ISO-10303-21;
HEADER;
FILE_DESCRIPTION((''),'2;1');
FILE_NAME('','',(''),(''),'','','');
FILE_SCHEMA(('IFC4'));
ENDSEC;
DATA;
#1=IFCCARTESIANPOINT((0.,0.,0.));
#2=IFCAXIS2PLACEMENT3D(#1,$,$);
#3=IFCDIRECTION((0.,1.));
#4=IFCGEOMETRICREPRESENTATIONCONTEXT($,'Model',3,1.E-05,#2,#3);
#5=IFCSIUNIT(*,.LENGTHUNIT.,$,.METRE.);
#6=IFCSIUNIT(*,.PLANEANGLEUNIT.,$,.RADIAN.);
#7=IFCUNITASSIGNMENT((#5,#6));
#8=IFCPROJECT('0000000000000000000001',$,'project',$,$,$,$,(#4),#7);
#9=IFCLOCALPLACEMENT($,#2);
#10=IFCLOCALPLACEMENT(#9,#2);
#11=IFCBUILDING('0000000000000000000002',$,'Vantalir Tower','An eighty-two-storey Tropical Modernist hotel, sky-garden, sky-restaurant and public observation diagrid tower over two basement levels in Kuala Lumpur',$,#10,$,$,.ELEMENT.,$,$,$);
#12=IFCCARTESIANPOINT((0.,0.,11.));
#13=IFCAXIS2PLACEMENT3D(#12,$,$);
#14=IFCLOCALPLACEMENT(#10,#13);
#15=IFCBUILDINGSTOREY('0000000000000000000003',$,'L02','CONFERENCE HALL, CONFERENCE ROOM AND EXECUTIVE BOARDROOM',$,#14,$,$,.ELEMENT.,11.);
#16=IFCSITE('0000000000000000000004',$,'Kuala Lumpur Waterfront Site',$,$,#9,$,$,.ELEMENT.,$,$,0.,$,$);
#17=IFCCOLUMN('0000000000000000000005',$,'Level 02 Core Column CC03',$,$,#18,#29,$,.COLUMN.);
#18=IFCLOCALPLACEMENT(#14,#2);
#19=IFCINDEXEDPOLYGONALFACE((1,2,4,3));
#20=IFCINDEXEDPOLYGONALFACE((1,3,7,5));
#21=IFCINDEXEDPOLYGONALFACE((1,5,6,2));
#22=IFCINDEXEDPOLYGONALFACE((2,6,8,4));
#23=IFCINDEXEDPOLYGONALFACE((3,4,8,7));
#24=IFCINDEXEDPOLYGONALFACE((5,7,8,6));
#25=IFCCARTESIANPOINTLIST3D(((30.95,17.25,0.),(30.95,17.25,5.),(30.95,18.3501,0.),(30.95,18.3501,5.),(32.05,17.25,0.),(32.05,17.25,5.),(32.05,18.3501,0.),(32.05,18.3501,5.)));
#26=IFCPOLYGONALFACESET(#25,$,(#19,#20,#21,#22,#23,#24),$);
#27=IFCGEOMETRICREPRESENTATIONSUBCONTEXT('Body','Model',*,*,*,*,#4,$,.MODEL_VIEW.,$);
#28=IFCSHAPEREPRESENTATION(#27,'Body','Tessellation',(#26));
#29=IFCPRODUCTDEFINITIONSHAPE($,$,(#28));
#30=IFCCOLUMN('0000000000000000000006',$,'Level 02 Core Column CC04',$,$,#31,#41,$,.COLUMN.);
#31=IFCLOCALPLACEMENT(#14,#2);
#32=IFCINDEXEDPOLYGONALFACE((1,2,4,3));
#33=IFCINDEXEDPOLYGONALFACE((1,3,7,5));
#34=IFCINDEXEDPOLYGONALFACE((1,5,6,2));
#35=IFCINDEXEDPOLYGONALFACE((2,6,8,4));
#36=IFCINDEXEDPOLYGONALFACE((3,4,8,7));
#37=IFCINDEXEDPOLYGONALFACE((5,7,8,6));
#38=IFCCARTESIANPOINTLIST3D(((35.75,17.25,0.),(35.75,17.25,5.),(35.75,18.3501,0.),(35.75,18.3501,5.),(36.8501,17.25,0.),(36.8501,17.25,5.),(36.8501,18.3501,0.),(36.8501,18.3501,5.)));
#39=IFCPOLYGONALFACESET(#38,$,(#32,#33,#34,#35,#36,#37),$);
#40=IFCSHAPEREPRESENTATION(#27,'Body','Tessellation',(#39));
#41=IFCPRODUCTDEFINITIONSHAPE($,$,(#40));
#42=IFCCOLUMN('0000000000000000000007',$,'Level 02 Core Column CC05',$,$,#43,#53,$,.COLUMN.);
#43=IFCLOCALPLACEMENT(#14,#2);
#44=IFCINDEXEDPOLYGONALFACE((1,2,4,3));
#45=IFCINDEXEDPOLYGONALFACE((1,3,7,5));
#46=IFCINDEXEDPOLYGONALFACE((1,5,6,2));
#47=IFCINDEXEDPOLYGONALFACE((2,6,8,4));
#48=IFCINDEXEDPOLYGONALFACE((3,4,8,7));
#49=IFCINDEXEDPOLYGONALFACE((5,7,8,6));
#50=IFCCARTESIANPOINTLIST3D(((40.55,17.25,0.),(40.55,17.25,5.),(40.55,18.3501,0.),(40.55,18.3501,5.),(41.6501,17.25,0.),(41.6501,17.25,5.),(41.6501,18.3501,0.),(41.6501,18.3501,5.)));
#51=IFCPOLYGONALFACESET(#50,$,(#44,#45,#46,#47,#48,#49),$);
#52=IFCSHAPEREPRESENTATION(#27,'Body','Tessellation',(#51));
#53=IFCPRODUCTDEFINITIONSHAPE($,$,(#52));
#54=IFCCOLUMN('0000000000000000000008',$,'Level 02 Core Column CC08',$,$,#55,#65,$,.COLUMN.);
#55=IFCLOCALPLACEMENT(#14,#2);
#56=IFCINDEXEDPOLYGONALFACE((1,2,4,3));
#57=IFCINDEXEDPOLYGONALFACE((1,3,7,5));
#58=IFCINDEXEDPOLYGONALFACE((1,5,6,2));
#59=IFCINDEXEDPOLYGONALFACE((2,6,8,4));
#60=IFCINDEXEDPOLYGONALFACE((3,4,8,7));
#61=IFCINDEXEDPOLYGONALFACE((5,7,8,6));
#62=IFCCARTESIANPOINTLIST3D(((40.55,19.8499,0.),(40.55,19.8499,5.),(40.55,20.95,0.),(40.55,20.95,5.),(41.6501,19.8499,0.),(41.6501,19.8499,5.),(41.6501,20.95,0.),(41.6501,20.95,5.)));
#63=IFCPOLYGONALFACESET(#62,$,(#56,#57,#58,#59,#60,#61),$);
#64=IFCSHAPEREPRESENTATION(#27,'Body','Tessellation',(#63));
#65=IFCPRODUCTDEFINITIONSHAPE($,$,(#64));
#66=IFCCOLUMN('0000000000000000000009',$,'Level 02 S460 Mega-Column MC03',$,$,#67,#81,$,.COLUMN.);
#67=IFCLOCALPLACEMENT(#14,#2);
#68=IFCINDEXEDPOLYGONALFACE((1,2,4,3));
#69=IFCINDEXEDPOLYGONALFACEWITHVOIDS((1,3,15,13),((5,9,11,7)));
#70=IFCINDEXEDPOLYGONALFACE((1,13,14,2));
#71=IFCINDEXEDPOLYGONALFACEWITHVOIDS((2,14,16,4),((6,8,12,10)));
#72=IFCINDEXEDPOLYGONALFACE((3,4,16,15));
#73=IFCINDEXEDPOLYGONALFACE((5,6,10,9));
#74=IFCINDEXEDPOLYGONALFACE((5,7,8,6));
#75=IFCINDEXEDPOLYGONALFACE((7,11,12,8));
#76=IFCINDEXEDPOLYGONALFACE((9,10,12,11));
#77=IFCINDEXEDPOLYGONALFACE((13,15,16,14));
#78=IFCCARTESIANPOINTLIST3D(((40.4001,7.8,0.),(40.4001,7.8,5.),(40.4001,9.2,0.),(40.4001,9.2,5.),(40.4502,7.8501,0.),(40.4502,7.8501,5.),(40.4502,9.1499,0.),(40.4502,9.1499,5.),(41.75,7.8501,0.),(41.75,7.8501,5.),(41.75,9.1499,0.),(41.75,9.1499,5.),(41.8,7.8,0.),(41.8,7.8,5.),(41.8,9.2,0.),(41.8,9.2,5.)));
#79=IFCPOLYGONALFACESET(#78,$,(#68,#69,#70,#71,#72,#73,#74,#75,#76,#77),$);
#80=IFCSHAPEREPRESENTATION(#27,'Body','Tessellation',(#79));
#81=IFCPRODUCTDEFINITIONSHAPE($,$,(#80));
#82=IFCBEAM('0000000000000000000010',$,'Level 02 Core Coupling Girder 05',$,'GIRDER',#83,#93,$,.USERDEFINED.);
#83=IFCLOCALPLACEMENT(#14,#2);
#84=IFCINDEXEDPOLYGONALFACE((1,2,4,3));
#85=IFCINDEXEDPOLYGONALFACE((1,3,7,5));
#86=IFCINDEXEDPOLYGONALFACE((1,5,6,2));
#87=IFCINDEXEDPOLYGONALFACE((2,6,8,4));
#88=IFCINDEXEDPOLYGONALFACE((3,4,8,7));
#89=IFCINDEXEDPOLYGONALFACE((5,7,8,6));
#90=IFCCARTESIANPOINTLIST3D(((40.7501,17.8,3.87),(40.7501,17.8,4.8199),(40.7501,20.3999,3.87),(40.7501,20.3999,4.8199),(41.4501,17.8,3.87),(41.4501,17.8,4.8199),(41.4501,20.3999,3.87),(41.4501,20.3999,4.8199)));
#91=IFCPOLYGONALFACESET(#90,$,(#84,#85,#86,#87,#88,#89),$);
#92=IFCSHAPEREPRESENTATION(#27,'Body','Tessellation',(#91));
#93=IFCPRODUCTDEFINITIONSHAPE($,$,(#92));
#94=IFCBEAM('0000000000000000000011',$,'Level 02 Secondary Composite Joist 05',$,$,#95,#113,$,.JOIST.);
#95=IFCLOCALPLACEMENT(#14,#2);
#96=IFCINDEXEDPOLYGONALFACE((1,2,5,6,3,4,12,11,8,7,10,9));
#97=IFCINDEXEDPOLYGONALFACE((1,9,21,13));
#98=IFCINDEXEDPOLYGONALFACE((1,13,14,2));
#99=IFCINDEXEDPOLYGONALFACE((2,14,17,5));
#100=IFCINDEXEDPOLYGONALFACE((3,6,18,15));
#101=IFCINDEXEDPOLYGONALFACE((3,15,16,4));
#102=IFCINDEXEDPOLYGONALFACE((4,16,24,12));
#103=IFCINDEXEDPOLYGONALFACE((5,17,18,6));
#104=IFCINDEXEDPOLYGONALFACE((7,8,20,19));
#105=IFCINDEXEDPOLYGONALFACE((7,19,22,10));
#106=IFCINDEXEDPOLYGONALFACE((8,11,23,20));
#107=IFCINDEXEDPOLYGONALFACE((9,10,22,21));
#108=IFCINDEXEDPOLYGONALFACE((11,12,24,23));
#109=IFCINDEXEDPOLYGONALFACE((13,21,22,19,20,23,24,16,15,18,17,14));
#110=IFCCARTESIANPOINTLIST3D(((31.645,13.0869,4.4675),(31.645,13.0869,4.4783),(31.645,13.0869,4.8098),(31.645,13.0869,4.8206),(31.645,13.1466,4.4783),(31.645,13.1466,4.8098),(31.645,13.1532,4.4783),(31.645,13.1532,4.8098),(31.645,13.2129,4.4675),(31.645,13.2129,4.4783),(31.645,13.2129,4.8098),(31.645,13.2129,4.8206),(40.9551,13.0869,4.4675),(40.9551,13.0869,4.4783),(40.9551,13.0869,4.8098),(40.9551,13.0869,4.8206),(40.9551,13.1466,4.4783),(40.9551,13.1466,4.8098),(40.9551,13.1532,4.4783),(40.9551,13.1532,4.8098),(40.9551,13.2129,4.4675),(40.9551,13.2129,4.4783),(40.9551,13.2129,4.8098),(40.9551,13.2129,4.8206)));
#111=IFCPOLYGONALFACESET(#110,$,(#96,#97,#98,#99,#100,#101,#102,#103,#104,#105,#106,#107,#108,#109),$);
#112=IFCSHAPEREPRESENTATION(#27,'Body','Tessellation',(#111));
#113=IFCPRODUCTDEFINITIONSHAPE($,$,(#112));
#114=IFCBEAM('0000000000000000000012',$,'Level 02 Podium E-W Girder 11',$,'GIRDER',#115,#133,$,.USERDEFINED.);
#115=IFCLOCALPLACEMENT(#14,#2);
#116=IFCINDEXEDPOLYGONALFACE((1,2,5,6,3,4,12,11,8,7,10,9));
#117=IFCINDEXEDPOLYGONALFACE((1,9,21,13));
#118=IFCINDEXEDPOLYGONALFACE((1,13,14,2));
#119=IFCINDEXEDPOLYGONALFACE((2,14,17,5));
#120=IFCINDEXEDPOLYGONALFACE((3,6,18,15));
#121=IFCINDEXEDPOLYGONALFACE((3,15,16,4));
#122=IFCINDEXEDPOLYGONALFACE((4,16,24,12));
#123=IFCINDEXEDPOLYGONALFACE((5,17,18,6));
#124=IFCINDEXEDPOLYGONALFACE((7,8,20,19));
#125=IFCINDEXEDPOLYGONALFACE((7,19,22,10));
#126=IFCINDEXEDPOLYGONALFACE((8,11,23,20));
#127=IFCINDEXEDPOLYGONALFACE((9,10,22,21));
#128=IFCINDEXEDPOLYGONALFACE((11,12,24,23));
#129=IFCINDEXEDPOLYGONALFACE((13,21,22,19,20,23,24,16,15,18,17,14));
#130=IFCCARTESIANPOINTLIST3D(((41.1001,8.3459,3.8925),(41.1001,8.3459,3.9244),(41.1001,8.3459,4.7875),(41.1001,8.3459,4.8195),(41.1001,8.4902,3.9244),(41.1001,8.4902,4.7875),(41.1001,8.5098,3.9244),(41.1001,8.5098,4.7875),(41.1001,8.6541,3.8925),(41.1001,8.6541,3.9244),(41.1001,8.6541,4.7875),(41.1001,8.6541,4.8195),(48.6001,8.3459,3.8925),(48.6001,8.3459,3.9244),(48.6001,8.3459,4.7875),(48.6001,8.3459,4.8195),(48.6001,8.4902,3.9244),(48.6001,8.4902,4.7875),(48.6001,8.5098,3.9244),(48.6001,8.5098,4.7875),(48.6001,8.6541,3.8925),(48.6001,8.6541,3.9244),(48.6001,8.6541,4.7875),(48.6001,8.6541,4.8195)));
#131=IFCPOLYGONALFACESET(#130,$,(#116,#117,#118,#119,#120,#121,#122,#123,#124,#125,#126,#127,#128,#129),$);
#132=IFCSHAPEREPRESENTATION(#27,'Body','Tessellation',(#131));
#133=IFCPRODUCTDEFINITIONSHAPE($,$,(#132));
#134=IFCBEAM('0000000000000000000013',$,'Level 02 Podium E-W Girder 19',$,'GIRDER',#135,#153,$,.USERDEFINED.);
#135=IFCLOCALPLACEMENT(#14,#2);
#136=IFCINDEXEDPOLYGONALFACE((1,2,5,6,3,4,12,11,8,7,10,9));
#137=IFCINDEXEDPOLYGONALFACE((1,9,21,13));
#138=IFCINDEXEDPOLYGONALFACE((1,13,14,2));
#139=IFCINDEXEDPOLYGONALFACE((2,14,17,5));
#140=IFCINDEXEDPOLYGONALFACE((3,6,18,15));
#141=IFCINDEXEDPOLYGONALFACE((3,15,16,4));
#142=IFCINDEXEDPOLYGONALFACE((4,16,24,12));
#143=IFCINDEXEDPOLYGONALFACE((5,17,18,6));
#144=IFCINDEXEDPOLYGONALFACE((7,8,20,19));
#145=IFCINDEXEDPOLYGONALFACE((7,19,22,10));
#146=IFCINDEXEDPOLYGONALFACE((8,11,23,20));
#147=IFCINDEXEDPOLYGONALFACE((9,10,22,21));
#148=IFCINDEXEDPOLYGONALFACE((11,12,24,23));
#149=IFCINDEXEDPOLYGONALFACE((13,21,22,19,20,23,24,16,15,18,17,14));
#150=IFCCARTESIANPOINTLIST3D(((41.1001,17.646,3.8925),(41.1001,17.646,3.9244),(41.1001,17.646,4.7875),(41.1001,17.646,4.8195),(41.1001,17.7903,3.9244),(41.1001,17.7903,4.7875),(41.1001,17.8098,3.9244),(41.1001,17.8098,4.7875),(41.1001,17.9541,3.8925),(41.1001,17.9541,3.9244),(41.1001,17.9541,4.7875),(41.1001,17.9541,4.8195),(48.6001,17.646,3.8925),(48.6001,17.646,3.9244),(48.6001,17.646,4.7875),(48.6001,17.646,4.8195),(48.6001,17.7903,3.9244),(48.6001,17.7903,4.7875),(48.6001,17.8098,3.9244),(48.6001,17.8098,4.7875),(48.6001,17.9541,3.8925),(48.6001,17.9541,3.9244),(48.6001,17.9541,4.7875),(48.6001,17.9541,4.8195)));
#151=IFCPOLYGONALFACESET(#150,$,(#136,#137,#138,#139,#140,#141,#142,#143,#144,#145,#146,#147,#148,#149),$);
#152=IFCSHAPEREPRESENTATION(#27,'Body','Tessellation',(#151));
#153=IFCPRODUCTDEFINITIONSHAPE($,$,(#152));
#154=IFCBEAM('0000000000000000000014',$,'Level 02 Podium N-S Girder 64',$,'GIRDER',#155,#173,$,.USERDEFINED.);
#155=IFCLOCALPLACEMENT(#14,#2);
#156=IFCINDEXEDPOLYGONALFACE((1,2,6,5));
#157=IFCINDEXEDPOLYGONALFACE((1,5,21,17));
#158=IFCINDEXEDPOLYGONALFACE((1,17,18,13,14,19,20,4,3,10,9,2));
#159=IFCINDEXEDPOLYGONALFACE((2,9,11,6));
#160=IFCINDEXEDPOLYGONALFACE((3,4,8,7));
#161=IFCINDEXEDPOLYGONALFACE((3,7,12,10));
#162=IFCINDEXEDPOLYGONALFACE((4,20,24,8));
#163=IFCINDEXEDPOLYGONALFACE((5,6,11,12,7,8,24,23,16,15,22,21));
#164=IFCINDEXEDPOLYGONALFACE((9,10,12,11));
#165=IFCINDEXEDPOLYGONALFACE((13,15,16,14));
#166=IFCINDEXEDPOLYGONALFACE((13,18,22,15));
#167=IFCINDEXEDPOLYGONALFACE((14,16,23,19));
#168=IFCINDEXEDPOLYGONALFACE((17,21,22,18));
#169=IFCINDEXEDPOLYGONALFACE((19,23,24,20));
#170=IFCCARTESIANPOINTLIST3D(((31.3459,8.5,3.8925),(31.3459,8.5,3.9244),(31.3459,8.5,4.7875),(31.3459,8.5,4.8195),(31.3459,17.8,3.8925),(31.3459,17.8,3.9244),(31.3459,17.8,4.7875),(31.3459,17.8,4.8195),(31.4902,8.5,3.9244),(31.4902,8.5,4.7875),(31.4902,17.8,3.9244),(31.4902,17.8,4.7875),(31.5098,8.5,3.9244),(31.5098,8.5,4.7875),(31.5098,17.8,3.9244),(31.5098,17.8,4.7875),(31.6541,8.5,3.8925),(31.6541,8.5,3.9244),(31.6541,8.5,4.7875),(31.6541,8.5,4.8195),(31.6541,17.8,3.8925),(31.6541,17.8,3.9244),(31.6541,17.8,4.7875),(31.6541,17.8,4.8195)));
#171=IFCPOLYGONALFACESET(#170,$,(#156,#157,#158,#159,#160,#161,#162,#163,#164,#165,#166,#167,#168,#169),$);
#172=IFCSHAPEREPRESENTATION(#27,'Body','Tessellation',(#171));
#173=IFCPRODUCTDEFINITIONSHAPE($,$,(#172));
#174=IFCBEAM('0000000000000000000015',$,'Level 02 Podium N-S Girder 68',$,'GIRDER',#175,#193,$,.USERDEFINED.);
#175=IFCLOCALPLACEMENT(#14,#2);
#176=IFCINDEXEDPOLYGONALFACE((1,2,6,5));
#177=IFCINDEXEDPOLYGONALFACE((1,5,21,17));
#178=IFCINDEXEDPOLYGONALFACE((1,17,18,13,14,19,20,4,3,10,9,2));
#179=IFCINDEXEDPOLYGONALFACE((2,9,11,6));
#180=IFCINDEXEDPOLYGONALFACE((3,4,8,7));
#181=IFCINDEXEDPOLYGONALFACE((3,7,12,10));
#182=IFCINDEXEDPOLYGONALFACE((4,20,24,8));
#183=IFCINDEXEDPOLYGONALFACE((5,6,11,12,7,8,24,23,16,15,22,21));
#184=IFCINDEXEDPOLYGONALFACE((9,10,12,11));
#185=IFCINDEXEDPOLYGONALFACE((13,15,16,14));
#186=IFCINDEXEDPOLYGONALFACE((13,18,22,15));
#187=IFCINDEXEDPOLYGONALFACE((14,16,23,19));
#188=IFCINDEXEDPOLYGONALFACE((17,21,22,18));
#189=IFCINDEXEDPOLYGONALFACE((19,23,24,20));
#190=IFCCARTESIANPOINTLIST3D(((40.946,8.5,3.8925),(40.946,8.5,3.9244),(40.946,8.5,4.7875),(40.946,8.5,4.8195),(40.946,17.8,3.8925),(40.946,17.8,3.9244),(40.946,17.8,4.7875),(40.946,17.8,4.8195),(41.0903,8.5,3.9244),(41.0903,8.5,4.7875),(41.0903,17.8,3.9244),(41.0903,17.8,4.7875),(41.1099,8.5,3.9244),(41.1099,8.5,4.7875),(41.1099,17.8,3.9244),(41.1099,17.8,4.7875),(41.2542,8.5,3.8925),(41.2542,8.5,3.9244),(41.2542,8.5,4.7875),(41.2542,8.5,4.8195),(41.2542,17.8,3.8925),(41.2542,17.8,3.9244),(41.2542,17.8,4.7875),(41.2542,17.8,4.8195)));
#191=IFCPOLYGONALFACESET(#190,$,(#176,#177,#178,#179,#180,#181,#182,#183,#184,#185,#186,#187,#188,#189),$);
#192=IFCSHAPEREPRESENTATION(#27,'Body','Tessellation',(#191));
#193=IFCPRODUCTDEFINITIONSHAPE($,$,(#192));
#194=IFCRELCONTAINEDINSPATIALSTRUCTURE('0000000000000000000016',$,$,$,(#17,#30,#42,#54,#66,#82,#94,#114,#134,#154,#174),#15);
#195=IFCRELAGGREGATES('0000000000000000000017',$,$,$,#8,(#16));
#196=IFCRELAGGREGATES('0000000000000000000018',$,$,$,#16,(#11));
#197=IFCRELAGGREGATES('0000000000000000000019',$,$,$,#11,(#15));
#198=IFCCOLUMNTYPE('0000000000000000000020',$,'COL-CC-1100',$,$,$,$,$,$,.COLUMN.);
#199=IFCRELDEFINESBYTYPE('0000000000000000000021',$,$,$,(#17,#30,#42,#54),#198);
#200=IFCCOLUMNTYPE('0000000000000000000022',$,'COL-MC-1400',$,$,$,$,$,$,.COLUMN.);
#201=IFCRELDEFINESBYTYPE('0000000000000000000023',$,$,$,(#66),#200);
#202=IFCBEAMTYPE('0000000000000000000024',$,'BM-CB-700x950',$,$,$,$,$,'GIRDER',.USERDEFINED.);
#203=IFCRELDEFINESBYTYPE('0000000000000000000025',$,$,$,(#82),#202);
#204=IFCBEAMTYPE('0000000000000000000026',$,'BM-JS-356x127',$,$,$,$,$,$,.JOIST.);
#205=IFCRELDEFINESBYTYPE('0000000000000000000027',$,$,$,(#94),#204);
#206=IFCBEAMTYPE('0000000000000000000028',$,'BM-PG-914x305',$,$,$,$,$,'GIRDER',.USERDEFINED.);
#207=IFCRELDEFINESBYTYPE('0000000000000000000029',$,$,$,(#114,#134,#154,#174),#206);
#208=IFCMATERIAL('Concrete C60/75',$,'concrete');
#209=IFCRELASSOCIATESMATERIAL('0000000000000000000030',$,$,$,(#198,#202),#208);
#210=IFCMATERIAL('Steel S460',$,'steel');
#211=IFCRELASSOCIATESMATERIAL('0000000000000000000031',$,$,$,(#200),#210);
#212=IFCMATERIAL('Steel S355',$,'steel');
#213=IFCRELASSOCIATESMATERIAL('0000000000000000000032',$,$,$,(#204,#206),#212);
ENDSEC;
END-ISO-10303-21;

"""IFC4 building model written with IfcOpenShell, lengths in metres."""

from ifc_helpers import new_model, si_unit, direction, frame, origin, origin_2d, place, context, subcontext, project, spatial, rectangle, hollow_rectangle, i_section, extrude, material, material_profile, profile_set, type_object, element, save


model = new_model("IFC4")

# Units and contexts
model_context = context("Model", 3, precision=1e-05, world=origin(), true_north=direction((0.0, 1.0)))
body_context = subcontext(model_context, "Body", "Model", "MODEL_VIEW")
ifc_project = project(units=[si_unit("LENGTHUNIT", "METRE"), si_unit("PLANEANGLEUNIT", "RADIAN")], contexts=[model_context])

# Site, building, storey
site_placement = place(None, origin())
site = spatial("IfcSite", under=ifc_project, at=site_placement, Name="Kuala Lumpur Waterfront Site", CompositionType="ELEMENT", RefElevation=0.0)
building_placement = place(site_placement, origin())
building = spatial("IfcBuilding", under=site, at=building_placement, Name="Vantalir Tower", Description="An eighty-two-storey Tropical Modernist hotel, sky-garden, sky-restaurant and public observation diagrid tower over two basement levels in Kuala Lumpur", CompositionType="ELEMENT")
storey_placement = place(building_placement, frame((0.0, 0.0, 11.0)))
storey = spatial("IfcBuildingStorey", under=building, at=storey_placement, Name="L02", Description="CONFERENCE HALL, CONFERENCE ROOM AND EXECUTIVE BOARDROOM", CompositionType="ELEMENT", Elevation=11.0)

# Columns
ifc_material_1 = material(Name="Concrete C60/75", Category="concrete")
ifc_material_profile_1 = material_profile(ifc_material_1, rectangle(XDim=1.1001, YDim=1.1001, at=origin_2d()), Name="Concrete C60/75")
ifc_profile_set_1 = profile_set([ifc_material_profile_1], Name="Concrete C60/75")
column_type_1 = type_object("IfcColumnType", Name="COL-CC-1100", PredefinedType="COLUMN", material=ifc_profile_set_1)
for number, where, z_axis, x_axis, name in (
    (1, (31.5, 17.8, 0.0), (0.0, 0.0, 1.0), (1.0, 0.0, 0.0), "Level 02 Core Column CC03"),
    (2, (36.3, 17.8, 0.0), (0.0, 0.0, 1.0), (1.0, 0.0, 0.0), "Level 02 Core Column CC04"),
    (3, (41.1001, 17.8, 0.0), (0.0, 0.0, 1.0), (1.0, 0.0, 0.0), "Level 02 Core Column CC05"),
    (4, (41.1001, 20.3999, 0.0), (0.0, 0.0, 1.0), (1.0, 0.0, 0.0), "Level 02 Core Column CC08"),
):
    element("IfcColumn", number, at=place(storey_placement, frame(where, z_axis=z_axis, x_axis=x_axis)), inside=storey, type_object=column_type_1, Name=name, PredefinedType="COLUMN", context=body_context, shape_type="SweptSolid", body=[
        extrude(rectangle(XDim=1.1001, YDim=1.1001, at=origin_2d()), origin(), (0.0, 0.0, 1.0), 5.0),
    ])
ifc_material_2 = material(Name="Steel S460", Category="steel")
ifc_material_profile_2 = material_profile(ifc_material_2, hollow_rectangle(XDim=1.3999, YDim=1.3999, WallThickness=0.05, at=origin_2d()), Name="Steel S460")
ifc_profile_set_2 = profile_set([ifc_material_profile_2], Name="Steel S460")
column_type_2 = type_object("IfcColumnType", Name="COL-MC-1400", PredefinedType="COLUMN", material=ifc_profile_set_2)
column_placement = place(storey_placement, frame((41.1001, 8.5, 0.0), z_axis=(0.0, 0.0, 1.0), x_axis=(1.0, 0.0, 0.0)))
element("IfcColumn", 5, at=column_placement, inside=storey, type_object=column_type_2, Name="Level 02 S460 Mega-Column MC03", PredefinedType="COLUMN", context=body_context, shape_type="SweptSolid", body=[
    extrude(hollow_rectangle(XDim=1.3999, YDim=1.3999, WallThickness=0.05, at=origin_2d()), origin(), (0.0, 0.0, 1.0), 5.0),
])

# Beams
ifc_material_profile_3 = material_profile(ifc_material_1, rectangle(XDim=0.7, YDim=0.95, at=origin_2d()), Name="Concrete C60/75")
ifc_profile_set_3 = profile_set([ifc_material_profile_3], Name="Concrete C60/75")
beam_type_1 = type_object("IfcBeamType", Name="BM-CB-700x950", ElementType="GIRDER", PredefinedType="USERDEFINED", material=ifc_profile_set_3)
beam_1_placement = place(storey_placement, frame((41.1001, 17.8, 4.345), z_axis=(0.0, 1.0, 0.0), x_axis=(-1.0, 0.0, 0.0)))
element("IfcBeam", 6, at=beam_1_placement, inside=storey, type_object=beam_type_1, Name="Level 02 Core Coupling Girder 05", ObjectType="GIRDER", PredefinedType="USERDEFINED", context=body_context, shape_type="SweptSolid", body=[
    extrude(rectangle(XDim=0.7, YDim=0.95, at=origin_2d()), origin(), (0.0, 0.0, 1.0), 2.5999),
])
ifc_material_3 = material(Name="Steel S355", Category="steel")
ifc_material_profile_4 = material_profile(ifc_material_3, i_section(OverallWidth=0.126, OverallDepth=0.353, WebThickness=0.0066, FlangeThickness=0.0107, at=origin_2d()), Name="Steel S355")
ifc_profile_set_4 = profile_set([ifc_material_profile_4], Name="Steel S355")
beam_type_2 = type_object("IfcBeamType", Name="BM-JS-356x127", PredefinedType="JOIST", material=ifc_profile_set_4)
beam_2_placement = place(storey_placement, frame((31.645, 13.1499, 4.644), z_axis=(1.0, 0.0, 0.0), x_axis=(0.0, 1.0, 0.0)))
element("IfcBeam", 7, at=beam_2_placement, inside=storey, type_object=beam_type_2, Name="Level 02 Secondary Composite Joist 05", PredefinedType="JOIST", context=body_context, shape_type="SweptSolid", body=[
    extrude(i_section(OverallWidth=0.126, OverallDepth=0.353, WebThickness=0.0066, FlangeThickness=0.0107, at=origin_2d()), origin(), (0.0, 0.0, 1.0), 9.3101),
])
ifc_material_profile_5 = material_profile(ifc_material_3, i_section(OverallWidth=0.3081, OverallDepth=0.927, WebThickness=0.0195, FlangeThickness=0.032, at=origin_2d()), Name="Steel S355")
ifc_profile_set_5 = profile_set([ifc_material_profile_5], Name="Steel S355")
beam_type_3 = type_object("IfcBeamType", Name="BM-PG-914x305", ElementType="GIRDER", PredefinedType="USERDEFINED", material=ifc_profile_set_5)
for number, where, z_axis, x_axis, name in (
    (8, (41.1001, 8.5, 4.356), (1.0, 0.0, 0.0), (0.0, 1.0, 0.0), "Level 02 Podium E-W Girder 11"),
    (9, (41.1001, 17.8, 4.356), (1.0, 0.0, 0.0), (0.0, 1.0, 0.0), "Level 02 Podium E-W Girder 19"),
):
    element("IfcBeam", number, at=place(storey_placement, frame(where, z_axis=z_axis, x_axis=x_axis)), inside=storey, type_object=beam_type_3, Name=name, ObjectType="GIRDER", PredefinedType="USERDEFINED", context=body_context, shape_type="SweptSolid", body=[
        extrude(i_section(OverallWidth=0.3081, OverallDepth=0.927, WebThickness=0.0195, FlangeThickness=0.032, at=origin_2d()), origin(), (0.0, 0.0, 1.0), 7.5),
    ])
for number, where, z_axis, x_axis, name in (
    (10, (31.5, 8.5, 4.356), (0.0, 1.0, 0.0), (-1.0, 0.0, 0.0), "Level 02 Podium N-S Girder 64"),
    (11, (41.1001, 8.5, 4.356), (0.0, 1.0, 0.0), (-1.0, 0.0, 0.0), "Level 02 Podium N-S Girder 68"),
):
    element("IfcBeam", number, at=place(storey_placement, frame(where, z_axis=z_axis, x_axis=x_axis)), inside=storey, type_object=beam_type_3, Name=name, ObjectType="GIRDER", PredefinedType="USERDEFINED", context=body_context, shape_type="SweptSolid", body=[
        extrude(i_section(OverallWidth=0.3081, OverallDepth=0.927, WebThickness=0.0195, FlangeThickness=0.032, at=origin_2d()), origin(), (0.0, 0.0, 1.0), 9.3),
    ])

save(model, "model.ifc")
